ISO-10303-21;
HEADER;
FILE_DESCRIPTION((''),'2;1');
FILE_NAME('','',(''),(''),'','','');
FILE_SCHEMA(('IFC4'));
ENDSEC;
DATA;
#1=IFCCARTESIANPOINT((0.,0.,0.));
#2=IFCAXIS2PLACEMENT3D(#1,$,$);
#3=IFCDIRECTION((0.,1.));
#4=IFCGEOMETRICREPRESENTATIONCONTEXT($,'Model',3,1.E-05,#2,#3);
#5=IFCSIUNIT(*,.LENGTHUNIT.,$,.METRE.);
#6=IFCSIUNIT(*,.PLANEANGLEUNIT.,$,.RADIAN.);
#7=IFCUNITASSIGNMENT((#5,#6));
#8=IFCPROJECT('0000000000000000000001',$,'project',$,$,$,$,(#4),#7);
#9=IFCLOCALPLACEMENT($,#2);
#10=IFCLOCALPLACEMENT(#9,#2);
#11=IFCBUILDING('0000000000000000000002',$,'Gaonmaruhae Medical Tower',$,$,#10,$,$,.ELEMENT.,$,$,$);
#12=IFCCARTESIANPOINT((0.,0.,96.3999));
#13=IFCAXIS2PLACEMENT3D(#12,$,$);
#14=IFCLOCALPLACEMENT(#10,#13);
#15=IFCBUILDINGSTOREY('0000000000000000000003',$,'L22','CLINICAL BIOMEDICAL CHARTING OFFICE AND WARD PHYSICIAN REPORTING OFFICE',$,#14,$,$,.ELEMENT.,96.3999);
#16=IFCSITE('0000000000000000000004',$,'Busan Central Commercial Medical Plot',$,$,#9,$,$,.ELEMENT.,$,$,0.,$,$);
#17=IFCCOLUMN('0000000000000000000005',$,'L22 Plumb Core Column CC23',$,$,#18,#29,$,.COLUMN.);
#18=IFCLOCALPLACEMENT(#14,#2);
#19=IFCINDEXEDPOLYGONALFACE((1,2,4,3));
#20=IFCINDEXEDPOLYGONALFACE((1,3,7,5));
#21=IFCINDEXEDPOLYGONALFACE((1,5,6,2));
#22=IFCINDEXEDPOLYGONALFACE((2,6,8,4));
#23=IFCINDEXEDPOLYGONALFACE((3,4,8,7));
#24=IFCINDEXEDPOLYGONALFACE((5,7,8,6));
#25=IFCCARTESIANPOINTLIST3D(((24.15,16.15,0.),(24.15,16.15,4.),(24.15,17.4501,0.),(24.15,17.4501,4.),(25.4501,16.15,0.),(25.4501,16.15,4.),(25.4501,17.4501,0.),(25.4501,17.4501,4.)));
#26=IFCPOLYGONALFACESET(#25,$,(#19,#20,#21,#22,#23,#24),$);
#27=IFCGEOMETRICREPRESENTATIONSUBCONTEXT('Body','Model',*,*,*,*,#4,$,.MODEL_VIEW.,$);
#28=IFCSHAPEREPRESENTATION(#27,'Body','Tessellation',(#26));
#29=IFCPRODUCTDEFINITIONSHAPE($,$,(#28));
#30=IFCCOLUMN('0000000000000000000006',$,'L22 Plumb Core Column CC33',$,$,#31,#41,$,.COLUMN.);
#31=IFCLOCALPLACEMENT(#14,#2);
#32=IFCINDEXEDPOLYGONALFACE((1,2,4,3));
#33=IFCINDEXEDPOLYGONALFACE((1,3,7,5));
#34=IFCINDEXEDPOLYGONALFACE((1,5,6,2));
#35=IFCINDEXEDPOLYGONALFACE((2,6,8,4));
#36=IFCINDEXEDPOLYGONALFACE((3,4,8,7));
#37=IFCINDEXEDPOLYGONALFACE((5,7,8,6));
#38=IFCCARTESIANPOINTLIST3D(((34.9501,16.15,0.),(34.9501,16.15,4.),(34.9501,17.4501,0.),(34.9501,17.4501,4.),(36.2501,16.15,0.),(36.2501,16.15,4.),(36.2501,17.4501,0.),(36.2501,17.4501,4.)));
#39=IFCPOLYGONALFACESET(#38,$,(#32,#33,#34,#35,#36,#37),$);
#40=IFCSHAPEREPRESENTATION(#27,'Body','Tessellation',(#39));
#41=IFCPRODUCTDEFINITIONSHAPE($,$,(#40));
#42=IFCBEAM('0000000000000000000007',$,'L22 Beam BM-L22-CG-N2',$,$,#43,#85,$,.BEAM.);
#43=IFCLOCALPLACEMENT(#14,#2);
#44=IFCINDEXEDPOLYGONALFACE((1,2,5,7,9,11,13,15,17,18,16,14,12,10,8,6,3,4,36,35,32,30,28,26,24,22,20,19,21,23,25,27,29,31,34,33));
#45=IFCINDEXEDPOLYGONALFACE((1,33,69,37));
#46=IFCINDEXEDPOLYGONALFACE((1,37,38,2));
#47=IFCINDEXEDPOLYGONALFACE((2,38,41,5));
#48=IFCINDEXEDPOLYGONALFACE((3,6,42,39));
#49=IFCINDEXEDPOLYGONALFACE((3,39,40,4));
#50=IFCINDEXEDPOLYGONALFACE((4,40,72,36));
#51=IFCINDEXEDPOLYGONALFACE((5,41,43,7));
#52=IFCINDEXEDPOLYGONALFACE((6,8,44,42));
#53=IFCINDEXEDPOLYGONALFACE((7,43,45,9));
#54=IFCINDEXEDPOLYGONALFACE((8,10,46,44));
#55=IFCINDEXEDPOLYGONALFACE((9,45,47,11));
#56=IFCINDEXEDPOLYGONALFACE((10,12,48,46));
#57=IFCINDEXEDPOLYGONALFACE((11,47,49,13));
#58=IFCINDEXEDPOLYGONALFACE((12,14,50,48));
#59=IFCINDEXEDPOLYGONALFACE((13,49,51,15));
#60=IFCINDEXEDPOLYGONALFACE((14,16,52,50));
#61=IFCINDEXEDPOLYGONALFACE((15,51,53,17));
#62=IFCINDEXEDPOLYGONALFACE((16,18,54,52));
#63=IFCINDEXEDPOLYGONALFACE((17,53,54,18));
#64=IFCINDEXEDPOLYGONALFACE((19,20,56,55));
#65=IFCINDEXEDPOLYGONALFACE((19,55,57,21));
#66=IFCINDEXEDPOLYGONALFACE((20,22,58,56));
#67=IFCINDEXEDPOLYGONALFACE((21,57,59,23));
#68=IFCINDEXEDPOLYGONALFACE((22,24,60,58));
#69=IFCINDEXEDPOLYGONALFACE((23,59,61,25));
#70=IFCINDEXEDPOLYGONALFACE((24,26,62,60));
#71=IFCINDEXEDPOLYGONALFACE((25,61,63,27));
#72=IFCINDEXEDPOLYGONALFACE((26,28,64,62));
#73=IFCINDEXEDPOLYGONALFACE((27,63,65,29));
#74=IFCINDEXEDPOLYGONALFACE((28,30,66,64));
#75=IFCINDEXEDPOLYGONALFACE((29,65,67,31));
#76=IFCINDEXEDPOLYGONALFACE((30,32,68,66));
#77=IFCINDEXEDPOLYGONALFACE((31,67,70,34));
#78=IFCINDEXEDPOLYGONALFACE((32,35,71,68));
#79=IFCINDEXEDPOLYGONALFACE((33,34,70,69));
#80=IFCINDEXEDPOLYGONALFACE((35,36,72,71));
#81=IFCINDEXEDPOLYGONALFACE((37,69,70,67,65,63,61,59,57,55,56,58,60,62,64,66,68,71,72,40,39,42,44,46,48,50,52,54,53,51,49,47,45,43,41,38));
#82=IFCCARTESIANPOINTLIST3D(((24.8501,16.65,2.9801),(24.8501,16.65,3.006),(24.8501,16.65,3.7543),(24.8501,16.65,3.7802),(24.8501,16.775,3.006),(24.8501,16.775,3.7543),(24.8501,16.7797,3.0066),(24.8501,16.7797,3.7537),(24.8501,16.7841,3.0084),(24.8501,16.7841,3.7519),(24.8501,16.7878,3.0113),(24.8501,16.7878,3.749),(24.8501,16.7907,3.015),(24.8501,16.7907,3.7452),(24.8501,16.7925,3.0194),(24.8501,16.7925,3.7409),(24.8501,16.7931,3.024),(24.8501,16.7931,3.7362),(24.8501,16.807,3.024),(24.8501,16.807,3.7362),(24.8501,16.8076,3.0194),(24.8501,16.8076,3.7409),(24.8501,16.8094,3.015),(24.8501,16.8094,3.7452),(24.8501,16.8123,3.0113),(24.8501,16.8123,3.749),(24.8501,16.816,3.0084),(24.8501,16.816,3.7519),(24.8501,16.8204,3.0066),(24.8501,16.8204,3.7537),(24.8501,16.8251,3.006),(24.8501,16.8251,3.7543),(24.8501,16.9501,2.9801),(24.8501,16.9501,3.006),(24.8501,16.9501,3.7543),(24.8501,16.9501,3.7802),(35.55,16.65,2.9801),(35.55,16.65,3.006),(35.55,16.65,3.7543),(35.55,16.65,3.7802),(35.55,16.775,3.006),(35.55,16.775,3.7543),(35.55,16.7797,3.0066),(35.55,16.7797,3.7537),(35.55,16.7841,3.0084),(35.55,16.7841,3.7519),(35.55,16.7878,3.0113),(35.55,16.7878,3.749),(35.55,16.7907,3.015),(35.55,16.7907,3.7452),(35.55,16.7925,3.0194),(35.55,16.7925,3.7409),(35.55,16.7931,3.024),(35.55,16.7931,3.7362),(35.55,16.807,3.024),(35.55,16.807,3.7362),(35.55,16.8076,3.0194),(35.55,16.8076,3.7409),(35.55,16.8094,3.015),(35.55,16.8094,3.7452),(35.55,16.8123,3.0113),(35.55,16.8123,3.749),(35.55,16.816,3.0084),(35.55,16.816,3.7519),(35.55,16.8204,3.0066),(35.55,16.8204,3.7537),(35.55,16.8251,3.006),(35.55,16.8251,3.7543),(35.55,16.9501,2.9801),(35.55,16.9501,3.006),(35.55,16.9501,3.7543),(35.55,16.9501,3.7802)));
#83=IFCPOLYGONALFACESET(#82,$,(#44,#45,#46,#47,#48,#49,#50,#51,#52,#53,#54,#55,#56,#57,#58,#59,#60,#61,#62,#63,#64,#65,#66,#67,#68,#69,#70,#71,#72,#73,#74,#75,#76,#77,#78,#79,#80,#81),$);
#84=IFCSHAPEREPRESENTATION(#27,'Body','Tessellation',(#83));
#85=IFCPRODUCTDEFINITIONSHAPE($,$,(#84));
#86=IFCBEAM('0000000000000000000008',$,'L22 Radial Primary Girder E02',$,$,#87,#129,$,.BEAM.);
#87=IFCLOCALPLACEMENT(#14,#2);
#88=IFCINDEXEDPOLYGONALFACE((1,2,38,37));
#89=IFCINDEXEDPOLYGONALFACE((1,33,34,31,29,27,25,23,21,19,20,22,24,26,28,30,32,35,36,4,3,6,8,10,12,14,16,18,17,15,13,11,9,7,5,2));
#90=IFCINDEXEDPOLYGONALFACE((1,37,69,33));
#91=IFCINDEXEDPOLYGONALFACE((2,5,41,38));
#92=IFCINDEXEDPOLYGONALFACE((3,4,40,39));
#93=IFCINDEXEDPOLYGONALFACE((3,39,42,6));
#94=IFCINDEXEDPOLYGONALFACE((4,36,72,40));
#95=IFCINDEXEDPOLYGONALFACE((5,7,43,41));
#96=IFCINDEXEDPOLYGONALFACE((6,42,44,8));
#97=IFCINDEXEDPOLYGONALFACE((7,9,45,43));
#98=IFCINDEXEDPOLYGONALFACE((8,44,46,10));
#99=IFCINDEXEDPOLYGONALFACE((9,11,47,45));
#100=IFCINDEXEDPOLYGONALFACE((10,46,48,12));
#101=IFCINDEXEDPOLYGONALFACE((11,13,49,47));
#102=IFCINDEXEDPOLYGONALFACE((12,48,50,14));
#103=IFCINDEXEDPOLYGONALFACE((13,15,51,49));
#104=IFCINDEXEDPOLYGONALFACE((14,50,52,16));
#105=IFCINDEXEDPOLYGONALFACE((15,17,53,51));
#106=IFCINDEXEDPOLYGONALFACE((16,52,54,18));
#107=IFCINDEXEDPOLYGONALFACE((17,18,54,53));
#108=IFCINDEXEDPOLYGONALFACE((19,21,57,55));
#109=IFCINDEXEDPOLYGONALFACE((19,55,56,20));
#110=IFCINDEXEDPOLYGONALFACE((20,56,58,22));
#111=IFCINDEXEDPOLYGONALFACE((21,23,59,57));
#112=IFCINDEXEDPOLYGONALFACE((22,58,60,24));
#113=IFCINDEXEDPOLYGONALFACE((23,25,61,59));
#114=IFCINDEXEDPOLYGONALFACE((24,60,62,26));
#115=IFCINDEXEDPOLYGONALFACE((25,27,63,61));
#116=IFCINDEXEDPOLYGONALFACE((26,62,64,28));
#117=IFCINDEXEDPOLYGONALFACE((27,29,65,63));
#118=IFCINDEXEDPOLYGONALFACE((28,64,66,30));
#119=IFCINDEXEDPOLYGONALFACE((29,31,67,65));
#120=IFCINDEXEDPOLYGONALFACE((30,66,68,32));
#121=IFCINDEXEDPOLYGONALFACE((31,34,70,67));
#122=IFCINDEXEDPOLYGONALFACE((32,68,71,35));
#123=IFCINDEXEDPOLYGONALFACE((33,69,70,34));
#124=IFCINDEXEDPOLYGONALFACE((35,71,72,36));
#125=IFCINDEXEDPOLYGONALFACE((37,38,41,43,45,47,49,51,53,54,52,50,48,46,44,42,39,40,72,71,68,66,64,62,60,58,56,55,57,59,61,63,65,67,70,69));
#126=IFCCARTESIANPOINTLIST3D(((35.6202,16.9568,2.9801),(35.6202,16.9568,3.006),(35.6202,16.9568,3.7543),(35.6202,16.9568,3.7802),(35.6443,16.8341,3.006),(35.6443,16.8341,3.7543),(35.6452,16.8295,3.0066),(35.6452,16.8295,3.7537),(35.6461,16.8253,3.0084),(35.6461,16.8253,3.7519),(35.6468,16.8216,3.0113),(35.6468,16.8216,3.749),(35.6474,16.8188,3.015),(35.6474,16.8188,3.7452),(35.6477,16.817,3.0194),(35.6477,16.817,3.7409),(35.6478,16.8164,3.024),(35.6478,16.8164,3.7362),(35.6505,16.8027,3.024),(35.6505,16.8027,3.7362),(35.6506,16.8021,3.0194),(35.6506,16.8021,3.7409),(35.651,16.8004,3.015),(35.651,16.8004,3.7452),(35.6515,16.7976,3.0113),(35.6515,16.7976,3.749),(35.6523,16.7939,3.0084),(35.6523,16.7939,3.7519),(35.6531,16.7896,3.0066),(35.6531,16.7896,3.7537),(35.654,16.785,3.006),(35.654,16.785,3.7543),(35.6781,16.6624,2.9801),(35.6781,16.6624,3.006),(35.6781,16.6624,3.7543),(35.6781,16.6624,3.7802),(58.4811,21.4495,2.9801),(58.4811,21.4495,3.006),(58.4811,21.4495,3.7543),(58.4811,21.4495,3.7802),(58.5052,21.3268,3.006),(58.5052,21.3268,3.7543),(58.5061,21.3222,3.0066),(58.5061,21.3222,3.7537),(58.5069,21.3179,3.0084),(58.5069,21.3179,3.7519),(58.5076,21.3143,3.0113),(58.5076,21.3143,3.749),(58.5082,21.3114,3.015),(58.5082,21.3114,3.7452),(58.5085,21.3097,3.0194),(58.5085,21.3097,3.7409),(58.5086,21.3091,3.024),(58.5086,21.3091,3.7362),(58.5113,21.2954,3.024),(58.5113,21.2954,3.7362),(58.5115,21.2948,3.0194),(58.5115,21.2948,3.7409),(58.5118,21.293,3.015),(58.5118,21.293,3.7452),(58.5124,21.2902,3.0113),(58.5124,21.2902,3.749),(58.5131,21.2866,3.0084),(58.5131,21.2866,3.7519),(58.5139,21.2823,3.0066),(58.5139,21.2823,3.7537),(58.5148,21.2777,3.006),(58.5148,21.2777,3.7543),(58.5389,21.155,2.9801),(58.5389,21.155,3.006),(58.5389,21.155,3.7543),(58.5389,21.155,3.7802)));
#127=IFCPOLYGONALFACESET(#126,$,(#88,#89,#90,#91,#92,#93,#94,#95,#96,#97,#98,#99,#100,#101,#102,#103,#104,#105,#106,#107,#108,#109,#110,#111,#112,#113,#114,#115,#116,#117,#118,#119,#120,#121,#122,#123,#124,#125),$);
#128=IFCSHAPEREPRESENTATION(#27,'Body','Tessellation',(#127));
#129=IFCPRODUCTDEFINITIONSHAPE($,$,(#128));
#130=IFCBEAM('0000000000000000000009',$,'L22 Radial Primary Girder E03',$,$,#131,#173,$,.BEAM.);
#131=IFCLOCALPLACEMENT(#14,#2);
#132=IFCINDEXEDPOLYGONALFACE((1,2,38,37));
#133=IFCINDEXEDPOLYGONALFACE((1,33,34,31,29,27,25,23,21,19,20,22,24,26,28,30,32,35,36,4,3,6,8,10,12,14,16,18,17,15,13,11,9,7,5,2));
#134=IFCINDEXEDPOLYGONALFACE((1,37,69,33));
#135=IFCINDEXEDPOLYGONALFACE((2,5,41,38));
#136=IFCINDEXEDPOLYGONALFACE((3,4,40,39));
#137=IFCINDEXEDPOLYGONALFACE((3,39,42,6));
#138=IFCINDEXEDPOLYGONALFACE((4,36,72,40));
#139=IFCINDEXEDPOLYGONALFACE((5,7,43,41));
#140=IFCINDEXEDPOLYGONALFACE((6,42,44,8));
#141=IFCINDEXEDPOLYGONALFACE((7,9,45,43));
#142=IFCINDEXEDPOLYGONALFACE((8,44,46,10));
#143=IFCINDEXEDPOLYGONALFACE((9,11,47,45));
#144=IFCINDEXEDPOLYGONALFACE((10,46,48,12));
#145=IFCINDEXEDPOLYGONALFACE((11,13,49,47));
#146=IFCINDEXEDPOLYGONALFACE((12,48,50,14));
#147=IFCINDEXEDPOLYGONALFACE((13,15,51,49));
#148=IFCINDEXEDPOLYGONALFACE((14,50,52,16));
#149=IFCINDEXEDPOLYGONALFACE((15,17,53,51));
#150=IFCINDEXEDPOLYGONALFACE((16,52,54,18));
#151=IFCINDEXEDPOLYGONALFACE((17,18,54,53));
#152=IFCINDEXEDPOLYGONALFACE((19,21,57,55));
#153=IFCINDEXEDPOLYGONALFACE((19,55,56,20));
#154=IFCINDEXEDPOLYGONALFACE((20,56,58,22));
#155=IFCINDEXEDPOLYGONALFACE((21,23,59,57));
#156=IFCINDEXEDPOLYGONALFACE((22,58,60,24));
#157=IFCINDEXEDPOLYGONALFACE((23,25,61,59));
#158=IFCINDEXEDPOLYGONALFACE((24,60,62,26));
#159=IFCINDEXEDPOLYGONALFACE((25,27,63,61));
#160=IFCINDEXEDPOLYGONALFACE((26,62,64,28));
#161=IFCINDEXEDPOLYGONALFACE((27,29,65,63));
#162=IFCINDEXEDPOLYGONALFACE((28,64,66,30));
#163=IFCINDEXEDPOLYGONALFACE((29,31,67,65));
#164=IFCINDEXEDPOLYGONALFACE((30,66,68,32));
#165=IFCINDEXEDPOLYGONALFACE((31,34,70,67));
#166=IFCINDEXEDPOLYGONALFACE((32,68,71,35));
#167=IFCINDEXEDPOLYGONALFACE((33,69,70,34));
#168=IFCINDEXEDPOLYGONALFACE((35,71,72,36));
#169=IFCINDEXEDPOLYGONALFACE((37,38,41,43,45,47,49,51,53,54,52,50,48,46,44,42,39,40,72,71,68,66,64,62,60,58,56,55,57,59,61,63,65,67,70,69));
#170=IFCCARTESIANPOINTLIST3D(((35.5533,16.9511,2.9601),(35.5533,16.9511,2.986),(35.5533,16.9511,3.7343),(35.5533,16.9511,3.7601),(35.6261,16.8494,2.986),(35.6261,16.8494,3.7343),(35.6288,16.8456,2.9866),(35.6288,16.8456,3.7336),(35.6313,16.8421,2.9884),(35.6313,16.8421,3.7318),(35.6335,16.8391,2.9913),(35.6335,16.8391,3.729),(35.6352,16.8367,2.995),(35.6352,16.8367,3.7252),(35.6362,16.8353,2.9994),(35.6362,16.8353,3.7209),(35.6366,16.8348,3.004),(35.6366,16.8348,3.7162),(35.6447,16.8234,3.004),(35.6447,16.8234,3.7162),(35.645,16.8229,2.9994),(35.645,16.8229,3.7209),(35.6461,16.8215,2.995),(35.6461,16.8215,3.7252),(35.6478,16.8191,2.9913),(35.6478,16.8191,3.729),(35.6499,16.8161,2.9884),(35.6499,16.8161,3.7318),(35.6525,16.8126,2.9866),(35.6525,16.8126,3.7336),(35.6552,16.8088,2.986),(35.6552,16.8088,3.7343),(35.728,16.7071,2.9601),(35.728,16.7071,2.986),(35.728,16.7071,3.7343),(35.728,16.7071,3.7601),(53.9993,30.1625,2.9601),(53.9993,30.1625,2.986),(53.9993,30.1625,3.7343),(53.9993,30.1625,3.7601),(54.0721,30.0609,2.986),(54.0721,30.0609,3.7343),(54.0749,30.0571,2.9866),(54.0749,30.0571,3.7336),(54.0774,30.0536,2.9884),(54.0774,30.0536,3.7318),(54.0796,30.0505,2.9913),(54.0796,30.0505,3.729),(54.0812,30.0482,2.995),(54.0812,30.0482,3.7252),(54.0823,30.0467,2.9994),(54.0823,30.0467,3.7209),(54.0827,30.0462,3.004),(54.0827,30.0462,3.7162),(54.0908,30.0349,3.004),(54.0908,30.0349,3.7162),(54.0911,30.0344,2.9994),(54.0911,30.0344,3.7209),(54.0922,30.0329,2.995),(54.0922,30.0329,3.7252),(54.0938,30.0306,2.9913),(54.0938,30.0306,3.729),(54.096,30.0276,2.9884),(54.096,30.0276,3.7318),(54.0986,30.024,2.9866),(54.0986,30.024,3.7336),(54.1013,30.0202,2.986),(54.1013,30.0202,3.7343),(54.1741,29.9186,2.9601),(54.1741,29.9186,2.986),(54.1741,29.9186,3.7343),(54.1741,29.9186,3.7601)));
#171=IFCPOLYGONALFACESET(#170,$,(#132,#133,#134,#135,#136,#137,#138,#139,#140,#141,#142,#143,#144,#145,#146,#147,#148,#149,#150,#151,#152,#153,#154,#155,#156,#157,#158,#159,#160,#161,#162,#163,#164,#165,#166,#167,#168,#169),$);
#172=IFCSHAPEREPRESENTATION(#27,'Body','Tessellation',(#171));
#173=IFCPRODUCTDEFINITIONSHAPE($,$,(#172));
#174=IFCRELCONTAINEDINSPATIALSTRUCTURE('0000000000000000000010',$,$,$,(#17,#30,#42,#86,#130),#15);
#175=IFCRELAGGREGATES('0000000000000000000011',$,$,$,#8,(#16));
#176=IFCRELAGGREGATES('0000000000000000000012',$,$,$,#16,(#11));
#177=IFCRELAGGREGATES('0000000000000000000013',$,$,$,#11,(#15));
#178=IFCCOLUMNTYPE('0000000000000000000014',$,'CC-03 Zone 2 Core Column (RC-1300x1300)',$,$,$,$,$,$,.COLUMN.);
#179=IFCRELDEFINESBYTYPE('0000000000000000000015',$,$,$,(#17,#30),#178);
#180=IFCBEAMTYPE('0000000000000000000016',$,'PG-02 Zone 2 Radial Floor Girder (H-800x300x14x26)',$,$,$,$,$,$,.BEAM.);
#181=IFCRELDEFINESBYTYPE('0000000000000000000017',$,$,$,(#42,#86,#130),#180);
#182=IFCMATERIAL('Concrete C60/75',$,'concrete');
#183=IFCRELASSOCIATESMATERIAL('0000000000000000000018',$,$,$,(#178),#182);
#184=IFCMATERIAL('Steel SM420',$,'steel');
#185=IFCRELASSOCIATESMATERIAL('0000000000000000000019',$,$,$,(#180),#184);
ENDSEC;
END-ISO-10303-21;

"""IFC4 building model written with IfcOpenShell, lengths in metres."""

from ifc_helpers import new_model, si_unit, direction, frame, origin, origin_2d, place, context, subcontext, project, spatial, rectangle, i_section, extrude, material, material_profile, profile_set, type_object, element, save


model = new_model("IFC4")

# Units and contexts
model_context = context("Model", 3, precision=1e-05, world=origin(), true_north=direction((0.0, 1.0)))
body_context = subcontext(model_context, "Body", "Model", "MODEL_VIEW")
ifc_project = project(units=[si_unit("LENGTHUNIT", "METRE"), si_unit("PLANEANGLEUNIT", "RADIAN")], contexts=[model_context])

# Site, building, storey
site_placement = place(None, origin())
site = spatial("IfcSite", under=ifc_project, at=site_placement, Name="Busan Central Commercial Medical Plot", CompositionType="ELEMENT", RefElevation=0.0)
building_placement = place(site_placement, origin())
building = spatial("IfcBuilding", under=site, at=building_placement, Name="Gaonmaruhae Medical Tower", CompositionType="ELEMENT")
storey_placement = place(building_placement, frame((0.0, 0.0, 96.3999)))
storey = spatial("IfcBuildingStorey", under=building, at=storey_placement, Name="L22", Description="CLINICAL BIOMEDICAL CHARTING OFFICE AND WARD PHYSICIAN REPORTING OFFICE", CompositionType="ELEMENT", Elevation=96.3999)

# Columns
ifc_material_1 = material(Name="Concrete C60/75", Category="concrete")
ifc_material_profile_1 = material_profile(ifc_material_1, rectangle(XDim=1.3, YDim=1.3, at=origin_2d()), Name="RC-1300x1300")
ifc_profile_set_1 = profile_set([ifc_material_profile_1], Name="Concrete C60/75")
column_type = type_object("IfcColumnType", Name="CC-03 Zone 2 Core Column (RC-1300x1300)", PredefinedType="COLUMN", material=ifc_profile_set_1)
for number, where, z_axis, x_axis, name in (
    (1, (24.8, 16.8, 0.0), (0.0, 0.0, 1.0), (1.0, 0.0, 0.0), "L22 Plumb Core Column CC23"),
    (2, (35.6001, 16.8, 0.0), (0.0, 0.0, 1.0), (1.0, 0.0, 0.0), "L22 Plumb Core Column CC33"),
):
    element("IfcColumn", number, at=place(storey_placement, frame(where, z_axis=z_axis, x_axis=x_axis)), inside=storey, type_object=column_type, Name=name, PredefinedType="COLUMN", context=body_context, shape_type="SweptSolid", body=[
        extrude(rectangle(XDim=1.3, YDim=1.3, at=origin_2d()), origin(), (0.0, 0.0, 1.0), 4.0),
    ])

# Beams
ifc_material_2 = material(Name="Steel SM420", Category="steel")
ifc_material_profile_2 = material_profile(ifc_material_2, i_section(OverallWidth=0.3, OverallDepth=0.8, WebThickness=0.0139, FlangeThickness=0.0259, FilletRadius=0.0181, at=origin_2d()), Name="H-800x300x14x26")
ifc_profile_set_2 = profile_set([ifc_material_profile_2], Name="Steel SM420")
beam_type = type_object("IfcBeamType", Name="PG-02 Zone 2 Radial Floor Girder (H-800x300x14x26)", PredefinedType="BEAM", material=ifc_profile_set_2)
beam_1_placement = place(storey_placement, frame((24.8501, 16.8, 3.3801), z_axis=(1.0, 0.0, 0.0), x_axis=(0.0, 1.0, 0.0)))
element("IfcBeam", 3, at=beam_1_placement, inside=storey, type_object=beam_type, Name="L22 Beam BM-L22-CG-N2", PredefinedType="BEAM", context=body_context, shape_type="SweptSolid", body=[
    extrude(i_section(OverallWidth=0.3, OverallDepth=0.8, WebThickness=0.0139, FlangeThickness=0.0259, FilletRadius=0.0181, at=origin_2d()), origin(), (0.0, 0.0, 1.0), 10.7),
])
beam_2_placement = place(storey_placement, frame((35.6492, 16.8096, 3.3801), z_axis=(0.981231, 0.192834, 0.0), x_axis=(-0.192834, 0.981231, 0.0)))
element("IfcBeam", 4, at=beam_2_placement, inside=storey, type_object=beam_type, Name="L22 Radial Primary Girder E02", PredefinedType="BEAM", context=body_context, shape_type="SweptSolid", body=[
    extrude(i_section(OverallWidth=0.3, OverallDepth=0.8, WebThickness=0.0139, FlangeThickness=0.0259, FilletRadius=0.0181, at=origin_2d()), origin(), (0.0, 0.0, 1.0), 23.2981),
])
beam_3_placement = place(storey_placement, frame((35.6406, 16.8291, 3.3601), z_axis=(0.812989, 0.582279, 0.0), x_axis=(-0.582279, 0.812989, 0.0)))
element("IfcBeam", 5, at=beam_3_placement, inside=storey, type_object=beam_type, Name="L22 Radial Primary Girder E03", PredefinedType="BEAM", context=body_context, shape_type="SweptSolid", body=[
    extrude(i_section(OverallWidth=0.3, OverallDepth=0.8, WebThickness=0.0139, FlangeThickness=0.0259, FilletRadius=0.0181, at=origin_2d()), origin(), (0.0, 0.0, 1.0), 22.6892),
])

save(model, "model.ifc")
